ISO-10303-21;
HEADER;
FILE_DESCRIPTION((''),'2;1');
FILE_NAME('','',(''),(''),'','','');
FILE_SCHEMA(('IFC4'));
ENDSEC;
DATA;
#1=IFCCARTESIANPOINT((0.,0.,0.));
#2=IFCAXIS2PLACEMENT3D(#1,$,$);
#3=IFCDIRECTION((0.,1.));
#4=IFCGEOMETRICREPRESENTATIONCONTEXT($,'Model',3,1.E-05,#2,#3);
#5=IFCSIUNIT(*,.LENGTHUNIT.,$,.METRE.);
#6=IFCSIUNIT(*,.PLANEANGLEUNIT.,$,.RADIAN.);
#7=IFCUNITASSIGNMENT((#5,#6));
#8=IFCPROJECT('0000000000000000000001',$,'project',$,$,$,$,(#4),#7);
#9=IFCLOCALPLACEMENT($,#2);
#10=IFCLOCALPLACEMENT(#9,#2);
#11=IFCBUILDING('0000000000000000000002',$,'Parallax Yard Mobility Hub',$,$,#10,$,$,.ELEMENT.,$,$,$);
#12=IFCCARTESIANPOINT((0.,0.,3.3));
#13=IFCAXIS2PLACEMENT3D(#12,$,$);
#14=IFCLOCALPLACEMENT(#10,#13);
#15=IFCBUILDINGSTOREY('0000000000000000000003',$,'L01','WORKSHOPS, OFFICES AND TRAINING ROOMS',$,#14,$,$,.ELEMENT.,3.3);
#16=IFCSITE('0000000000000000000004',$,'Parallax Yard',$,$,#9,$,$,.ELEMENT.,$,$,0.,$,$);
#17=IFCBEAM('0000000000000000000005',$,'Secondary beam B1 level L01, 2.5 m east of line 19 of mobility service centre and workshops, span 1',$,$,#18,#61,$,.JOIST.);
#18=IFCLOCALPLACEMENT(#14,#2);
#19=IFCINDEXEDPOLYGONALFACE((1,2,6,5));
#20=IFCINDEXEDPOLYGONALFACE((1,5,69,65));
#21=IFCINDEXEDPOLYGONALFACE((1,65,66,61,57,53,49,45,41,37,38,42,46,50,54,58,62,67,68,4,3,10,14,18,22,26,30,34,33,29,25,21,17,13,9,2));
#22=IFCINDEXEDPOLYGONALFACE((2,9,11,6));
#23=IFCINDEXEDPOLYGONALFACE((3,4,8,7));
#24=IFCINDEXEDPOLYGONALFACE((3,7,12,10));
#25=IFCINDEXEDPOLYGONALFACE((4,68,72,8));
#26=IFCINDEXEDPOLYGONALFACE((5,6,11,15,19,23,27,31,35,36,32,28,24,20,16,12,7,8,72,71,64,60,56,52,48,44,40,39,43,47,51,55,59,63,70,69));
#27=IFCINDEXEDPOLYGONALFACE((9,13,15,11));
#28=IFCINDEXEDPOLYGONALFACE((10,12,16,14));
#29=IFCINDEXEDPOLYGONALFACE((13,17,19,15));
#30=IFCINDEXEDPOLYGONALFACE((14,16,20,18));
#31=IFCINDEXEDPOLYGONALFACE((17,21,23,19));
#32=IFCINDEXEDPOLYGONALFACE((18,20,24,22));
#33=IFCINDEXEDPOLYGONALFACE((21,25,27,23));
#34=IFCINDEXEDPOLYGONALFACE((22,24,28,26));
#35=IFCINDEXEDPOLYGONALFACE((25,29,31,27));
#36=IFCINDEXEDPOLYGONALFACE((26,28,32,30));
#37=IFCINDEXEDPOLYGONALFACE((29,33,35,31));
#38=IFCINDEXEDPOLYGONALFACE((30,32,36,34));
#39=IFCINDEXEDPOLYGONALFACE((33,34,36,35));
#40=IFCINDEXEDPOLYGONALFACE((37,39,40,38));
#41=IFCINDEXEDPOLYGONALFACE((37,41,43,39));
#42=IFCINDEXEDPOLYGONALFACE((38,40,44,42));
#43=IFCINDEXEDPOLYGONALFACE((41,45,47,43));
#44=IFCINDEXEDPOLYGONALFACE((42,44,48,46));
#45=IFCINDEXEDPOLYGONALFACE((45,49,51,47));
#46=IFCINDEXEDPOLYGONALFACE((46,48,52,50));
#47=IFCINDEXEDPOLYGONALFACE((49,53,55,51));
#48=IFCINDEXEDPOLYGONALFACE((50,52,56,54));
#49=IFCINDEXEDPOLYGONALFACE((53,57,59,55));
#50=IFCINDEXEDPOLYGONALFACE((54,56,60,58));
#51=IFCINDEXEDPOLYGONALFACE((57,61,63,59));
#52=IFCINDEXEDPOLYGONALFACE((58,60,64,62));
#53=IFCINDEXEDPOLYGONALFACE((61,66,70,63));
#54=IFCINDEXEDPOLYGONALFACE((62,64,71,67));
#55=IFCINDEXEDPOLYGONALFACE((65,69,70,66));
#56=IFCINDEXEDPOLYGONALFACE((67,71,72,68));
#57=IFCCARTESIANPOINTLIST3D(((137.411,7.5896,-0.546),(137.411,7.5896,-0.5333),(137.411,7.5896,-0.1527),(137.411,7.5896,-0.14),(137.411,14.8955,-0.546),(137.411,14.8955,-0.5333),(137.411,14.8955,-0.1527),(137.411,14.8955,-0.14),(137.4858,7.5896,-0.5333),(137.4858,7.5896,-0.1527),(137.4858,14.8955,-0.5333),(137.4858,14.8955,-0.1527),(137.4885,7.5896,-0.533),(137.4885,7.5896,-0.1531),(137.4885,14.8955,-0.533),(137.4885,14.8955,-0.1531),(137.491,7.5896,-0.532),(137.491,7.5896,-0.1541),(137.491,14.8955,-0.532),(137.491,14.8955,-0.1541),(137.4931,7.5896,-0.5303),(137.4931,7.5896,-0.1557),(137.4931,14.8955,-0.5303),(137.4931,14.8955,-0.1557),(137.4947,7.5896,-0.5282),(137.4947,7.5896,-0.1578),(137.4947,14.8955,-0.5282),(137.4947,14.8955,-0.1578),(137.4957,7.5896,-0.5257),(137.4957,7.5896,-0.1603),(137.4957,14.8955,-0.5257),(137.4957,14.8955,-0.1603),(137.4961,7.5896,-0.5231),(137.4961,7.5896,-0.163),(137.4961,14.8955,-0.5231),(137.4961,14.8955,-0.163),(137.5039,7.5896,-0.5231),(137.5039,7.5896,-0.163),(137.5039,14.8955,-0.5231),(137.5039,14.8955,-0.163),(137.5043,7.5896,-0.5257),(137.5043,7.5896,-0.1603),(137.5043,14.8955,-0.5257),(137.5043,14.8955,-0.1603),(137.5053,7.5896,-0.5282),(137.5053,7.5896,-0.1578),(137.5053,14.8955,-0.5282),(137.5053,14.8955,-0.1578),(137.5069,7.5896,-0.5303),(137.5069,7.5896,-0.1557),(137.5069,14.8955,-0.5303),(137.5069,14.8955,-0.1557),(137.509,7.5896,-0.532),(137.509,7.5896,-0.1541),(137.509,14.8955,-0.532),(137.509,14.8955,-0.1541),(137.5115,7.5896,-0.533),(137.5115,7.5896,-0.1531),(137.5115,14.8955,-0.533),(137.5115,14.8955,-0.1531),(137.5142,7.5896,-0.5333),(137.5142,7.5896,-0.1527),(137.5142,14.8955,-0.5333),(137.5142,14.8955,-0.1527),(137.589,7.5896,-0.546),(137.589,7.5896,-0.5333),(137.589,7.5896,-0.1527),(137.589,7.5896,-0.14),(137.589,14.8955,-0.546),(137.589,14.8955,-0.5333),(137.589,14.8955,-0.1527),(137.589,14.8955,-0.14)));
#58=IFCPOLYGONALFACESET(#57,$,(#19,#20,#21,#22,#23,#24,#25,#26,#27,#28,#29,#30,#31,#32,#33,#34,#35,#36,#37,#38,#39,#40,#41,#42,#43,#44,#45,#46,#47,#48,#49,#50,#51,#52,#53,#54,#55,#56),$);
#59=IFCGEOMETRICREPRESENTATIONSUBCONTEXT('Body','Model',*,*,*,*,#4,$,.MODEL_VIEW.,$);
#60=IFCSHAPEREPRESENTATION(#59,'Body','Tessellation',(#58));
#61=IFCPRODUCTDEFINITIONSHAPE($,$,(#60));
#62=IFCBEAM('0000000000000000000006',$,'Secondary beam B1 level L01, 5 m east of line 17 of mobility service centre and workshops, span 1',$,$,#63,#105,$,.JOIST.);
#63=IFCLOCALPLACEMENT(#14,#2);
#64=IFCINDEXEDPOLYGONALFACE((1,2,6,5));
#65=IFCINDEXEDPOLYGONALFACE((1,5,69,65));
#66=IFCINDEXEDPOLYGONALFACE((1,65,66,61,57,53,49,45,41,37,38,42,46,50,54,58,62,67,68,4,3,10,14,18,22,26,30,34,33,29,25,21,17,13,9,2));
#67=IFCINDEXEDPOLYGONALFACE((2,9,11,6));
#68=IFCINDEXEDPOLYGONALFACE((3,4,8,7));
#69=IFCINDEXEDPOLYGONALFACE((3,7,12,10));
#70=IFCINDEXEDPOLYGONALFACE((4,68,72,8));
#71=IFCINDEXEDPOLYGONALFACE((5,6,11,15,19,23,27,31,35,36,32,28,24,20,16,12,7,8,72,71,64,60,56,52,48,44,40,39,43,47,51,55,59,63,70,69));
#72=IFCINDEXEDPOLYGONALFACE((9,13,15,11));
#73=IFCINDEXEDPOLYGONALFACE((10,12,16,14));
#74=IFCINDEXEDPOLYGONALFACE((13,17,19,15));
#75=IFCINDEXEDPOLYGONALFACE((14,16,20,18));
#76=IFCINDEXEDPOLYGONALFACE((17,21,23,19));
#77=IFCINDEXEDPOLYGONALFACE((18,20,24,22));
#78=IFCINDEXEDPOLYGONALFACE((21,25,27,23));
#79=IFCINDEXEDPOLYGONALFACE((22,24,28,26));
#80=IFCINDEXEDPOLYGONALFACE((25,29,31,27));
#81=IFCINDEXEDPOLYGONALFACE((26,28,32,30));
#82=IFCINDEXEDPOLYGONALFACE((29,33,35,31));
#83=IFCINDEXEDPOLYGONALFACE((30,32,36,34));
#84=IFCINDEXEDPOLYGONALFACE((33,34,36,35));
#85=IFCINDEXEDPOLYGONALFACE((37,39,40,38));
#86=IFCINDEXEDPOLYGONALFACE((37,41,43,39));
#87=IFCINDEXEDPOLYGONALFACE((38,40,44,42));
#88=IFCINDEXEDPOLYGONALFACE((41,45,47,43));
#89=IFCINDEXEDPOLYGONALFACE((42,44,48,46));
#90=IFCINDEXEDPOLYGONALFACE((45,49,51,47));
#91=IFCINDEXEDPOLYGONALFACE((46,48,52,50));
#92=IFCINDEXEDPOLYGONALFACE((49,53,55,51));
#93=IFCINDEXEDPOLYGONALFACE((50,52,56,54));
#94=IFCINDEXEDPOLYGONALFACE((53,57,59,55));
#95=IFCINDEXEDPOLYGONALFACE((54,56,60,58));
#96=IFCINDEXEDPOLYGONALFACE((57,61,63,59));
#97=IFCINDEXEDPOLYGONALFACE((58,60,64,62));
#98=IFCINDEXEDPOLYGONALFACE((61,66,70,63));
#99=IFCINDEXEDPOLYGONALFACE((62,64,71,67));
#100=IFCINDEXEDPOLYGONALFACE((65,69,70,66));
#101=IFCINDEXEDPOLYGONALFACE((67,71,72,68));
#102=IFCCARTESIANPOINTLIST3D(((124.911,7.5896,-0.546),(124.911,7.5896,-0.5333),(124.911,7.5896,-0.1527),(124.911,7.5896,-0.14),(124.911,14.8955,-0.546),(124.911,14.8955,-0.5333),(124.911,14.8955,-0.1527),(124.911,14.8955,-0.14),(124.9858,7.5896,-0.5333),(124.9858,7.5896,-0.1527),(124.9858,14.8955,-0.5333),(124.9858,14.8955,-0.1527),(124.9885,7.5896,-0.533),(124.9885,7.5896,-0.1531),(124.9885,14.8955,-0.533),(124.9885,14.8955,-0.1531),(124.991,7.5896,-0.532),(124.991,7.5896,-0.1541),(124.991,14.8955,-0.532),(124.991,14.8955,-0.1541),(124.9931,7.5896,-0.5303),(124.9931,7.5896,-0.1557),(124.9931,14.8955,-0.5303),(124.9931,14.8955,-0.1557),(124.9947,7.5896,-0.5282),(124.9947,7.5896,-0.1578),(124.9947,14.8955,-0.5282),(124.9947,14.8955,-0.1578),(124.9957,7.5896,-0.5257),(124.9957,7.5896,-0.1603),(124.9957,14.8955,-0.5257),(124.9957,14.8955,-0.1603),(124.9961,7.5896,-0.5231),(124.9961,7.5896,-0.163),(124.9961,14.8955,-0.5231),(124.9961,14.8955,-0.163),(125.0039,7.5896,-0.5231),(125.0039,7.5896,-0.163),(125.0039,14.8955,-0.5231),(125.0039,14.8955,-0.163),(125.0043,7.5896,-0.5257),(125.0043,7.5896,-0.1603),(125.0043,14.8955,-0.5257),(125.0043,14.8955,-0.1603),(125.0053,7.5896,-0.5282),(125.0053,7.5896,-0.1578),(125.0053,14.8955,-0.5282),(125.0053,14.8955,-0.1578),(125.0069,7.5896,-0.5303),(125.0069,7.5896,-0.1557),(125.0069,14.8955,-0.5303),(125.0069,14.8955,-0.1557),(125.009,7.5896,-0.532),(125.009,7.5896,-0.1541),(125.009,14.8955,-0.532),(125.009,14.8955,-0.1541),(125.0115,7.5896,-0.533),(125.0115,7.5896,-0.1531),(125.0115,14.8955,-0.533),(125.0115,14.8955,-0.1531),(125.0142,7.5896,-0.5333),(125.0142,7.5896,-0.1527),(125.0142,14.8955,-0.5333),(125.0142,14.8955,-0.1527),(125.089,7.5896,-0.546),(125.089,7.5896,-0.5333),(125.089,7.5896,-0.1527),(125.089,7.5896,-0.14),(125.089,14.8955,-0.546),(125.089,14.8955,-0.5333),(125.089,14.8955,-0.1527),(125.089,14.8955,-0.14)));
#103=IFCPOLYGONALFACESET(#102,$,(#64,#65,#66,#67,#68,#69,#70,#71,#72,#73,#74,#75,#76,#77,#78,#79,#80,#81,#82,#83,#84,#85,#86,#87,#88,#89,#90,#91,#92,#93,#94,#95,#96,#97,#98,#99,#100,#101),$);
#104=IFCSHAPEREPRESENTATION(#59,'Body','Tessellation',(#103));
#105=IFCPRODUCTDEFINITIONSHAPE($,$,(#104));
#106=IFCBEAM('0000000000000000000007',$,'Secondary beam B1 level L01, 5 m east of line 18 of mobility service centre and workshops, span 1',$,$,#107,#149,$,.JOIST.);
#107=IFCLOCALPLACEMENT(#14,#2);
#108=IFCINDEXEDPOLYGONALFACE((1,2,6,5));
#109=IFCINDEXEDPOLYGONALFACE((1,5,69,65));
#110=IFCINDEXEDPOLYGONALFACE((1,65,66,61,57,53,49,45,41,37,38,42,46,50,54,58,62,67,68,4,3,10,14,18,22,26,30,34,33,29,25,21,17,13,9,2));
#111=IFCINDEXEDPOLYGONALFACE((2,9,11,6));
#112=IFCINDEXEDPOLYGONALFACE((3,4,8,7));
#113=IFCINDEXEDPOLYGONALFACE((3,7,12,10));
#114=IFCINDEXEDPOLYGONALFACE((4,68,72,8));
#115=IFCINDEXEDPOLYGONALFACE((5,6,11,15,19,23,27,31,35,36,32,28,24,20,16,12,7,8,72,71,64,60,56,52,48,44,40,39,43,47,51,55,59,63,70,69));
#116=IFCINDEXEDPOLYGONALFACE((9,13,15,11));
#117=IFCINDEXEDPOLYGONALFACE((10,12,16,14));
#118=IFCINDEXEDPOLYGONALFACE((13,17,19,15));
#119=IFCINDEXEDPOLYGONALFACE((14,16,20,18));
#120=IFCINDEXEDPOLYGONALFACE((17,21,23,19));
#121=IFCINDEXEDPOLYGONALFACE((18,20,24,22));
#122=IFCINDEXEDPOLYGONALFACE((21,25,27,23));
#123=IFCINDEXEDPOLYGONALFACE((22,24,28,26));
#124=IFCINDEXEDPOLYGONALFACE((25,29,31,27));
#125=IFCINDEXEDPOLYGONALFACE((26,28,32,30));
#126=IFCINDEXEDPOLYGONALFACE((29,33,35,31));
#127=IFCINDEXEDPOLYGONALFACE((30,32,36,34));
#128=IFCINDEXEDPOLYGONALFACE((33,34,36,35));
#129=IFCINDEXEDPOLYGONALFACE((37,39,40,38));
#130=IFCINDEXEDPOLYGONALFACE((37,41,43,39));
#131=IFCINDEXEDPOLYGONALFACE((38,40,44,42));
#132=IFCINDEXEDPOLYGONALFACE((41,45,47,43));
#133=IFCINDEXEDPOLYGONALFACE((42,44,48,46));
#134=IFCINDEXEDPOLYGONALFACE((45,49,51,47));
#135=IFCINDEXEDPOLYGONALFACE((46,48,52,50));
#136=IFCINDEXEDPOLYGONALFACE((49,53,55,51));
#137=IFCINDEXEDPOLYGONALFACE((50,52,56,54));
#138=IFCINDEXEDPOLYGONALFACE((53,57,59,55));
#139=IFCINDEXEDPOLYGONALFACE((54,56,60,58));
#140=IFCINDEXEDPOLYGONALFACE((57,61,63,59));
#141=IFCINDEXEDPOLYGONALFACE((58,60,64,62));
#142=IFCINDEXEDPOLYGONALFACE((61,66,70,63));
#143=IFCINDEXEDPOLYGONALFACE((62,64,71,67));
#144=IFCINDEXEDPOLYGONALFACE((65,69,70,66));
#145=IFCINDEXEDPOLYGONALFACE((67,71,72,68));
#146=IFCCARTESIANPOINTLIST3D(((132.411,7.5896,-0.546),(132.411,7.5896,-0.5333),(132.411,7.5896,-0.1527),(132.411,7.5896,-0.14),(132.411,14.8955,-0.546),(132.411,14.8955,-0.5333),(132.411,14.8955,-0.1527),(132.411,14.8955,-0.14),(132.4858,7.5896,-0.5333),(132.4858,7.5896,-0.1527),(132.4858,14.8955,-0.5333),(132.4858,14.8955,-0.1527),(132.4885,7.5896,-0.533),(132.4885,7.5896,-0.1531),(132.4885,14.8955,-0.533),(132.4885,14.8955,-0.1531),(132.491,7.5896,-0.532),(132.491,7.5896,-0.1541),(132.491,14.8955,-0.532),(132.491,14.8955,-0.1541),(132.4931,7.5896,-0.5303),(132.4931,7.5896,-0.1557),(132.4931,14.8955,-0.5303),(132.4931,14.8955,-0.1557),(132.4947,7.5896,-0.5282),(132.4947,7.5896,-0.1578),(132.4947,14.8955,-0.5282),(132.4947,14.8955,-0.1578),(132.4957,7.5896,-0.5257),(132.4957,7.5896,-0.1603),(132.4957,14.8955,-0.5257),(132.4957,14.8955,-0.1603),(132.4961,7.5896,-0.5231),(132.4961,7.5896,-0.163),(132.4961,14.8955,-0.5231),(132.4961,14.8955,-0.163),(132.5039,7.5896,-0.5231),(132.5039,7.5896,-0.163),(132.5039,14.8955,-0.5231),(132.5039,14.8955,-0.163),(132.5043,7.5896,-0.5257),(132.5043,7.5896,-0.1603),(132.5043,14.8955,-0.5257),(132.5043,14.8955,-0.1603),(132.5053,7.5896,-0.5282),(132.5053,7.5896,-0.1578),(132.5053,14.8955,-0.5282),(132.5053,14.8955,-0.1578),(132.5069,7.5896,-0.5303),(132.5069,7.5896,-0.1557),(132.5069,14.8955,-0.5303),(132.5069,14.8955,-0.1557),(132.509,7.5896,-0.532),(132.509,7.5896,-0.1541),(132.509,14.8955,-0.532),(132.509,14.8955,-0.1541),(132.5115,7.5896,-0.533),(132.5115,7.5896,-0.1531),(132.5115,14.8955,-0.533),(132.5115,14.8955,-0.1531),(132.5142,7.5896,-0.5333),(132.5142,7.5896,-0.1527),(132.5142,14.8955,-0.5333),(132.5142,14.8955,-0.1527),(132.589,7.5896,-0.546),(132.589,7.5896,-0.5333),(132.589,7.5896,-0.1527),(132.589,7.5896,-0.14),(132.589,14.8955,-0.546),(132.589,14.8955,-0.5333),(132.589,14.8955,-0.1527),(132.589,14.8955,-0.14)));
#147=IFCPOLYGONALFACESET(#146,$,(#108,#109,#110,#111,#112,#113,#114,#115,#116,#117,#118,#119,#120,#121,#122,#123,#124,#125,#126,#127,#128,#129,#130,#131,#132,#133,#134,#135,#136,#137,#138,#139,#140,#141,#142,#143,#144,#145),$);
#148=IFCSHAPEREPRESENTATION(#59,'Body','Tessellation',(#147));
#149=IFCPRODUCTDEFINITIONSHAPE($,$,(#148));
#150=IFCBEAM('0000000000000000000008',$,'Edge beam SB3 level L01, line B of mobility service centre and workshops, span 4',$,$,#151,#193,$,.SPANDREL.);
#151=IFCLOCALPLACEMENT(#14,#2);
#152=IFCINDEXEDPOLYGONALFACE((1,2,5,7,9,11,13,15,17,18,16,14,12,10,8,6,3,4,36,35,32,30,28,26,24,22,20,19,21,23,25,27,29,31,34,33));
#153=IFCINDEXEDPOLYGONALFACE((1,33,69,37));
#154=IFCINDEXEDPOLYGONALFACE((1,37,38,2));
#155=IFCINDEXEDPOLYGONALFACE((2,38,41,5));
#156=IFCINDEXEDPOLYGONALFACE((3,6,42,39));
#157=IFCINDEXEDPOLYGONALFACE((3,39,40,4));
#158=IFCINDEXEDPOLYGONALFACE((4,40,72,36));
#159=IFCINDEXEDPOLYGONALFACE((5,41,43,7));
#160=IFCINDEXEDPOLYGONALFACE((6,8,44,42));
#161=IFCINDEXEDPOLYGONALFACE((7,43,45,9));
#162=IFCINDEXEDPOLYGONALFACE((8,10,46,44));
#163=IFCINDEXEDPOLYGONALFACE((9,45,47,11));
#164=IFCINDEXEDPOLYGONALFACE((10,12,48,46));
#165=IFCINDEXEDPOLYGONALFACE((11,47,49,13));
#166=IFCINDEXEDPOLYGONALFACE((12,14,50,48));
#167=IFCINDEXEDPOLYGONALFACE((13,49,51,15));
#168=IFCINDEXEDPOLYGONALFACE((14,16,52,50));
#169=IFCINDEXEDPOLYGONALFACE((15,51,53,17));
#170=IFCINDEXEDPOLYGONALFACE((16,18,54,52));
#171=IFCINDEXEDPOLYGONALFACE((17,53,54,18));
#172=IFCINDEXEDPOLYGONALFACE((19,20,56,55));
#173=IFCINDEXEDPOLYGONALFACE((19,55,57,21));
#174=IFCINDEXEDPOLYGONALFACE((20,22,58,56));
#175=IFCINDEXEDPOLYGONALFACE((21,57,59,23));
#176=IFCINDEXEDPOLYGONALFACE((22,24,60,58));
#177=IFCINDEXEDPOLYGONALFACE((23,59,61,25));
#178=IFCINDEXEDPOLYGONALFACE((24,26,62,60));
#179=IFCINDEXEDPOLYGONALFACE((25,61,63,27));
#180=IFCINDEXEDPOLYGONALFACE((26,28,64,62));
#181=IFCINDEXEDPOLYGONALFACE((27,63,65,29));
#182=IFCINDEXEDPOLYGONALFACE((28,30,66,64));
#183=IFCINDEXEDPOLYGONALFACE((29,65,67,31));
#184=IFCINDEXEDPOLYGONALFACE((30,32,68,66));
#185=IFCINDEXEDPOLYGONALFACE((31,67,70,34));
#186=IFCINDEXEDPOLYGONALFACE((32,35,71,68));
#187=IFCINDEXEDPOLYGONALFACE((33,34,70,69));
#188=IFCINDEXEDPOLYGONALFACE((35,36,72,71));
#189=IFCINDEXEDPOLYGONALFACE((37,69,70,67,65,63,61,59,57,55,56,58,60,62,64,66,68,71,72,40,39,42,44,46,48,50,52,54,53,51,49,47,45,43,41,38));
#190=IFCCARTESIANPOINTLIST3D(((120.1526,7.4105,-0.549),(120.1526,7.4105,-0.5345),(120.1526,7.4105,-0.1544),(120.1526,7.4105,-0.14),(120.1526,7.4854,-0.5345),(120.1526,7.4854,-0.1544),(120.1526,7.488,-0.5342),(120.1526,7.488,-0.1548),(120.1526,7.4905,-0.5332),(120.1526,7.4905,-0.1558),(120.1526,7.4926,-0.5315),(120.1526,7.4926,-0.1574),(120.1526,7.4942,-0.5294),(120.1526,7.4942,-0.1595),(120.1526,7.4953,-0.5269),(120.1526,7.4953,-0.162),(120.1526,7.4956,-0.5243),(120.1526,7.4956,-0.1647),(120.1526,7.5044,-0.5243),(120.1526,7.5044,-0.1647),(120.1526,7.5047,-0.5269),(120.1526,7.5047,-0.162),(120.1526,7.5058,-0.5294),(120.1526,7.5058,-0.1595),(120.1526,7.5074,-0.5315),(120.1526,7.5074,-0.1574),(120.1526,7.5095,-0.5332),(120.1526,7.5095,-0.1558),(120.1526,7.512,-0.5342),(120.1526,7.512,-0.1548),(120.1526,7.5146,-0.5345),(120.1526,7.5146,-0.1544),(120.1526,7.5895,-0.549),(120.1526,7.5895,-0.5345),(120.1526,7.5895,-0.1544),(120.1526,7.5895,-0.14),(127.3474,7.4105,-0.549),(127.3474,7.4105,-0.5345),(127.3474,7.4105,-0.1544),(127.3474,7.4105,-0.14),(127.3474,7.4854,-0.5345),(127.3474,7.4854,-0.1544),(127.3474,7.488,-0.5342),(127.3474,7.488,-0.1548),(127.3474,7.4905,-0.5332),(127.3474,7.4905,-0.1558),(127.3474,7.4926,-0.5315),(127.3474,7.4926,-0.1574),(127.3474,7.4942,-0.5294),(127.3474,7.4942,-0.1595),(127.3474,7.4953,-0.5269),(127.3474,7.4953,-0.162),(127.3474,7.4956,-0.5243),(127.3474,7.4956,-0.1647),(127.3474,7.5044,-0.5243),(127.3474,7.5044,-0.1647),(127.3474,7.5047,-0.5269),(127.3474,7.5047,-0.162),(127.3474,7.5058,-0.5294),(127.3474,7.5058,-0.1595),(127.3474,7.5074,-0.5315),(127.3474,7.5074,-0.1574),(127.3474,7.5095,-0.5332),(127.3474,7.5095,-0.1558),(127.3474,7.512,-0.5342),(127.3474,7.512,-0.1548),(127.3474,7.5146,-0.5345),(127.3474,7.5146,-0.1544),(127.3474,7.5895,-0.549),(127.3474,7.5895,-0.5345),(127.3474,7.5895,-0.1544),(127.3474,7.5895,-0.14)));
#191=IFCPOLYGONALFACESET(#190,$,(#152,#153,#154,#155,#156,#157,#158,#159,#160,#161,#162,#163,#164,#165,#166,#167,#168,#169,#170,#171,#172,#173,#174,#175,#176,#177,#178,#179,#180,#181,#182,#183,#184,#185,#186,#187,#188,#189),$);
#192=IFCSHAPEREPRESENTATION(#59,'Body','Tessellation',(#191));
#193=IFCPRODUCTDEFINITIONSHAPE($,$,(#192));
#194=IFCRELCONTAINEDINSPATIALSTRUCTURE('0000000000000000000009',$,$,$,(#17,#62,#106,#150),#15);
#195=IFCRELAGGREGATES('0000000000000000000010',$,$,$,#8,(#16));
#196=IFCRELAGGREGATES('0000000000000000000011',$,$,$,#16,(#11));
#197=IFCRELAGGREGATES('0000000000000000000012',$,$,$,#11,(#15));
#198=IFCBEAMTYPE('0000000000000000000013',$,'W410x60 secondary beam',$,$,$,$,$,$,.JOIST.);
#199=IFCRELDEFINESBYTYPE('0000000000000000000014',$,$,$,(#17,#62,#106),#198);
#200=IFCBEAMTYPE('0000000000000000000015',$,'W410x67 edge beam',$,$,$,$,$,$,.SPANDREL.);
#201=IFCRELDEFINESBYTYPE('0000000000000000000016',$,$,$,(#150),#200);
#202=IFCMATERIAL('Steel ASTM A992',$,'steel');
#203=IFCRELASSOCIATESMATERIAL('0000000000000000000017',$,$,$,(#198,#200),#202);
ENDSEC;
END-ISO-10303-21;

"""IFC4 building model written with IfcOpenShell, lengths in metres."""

from ifc_helpers import new_model, si_unit, direction, frame, origin, origin_2d, place, context, subcontext, project, spatial, i_section, extrude, material, material_profile, profile_set, type_object, element, save


model = new_model("IFC4")

# Units and contexts
model_context = context("Model", 3, precision=1e-05, world=origin(), true_north=direction((0.0, 1.0)))
body_context = subcontext(model_context, "Body", "Model", "MODEL_VIEW")
ifc_project = project(units=[si_unit("LENGTHUNIT", "METRE"), si_unit("PLANEANGLEUNIT", "RADIAN")], contexts=[model_context])

# Site, building, storey
site_placement = place(None, origin())
site = spatial("IfcSite", under=ifc_project, at=site_placement, Name="Parallax Yard", CompositionType="ELEMENT", RefElevation=0.0)
building_placement = place(site_placement, origin())
building = spatial("IfcBuilding", under=site, at=building_placement, Name="Parallax Yard Mobility Hub", CompositionType="ELEMENT")
storey_placement = place(building_placement, frame((0.0, 0.0, 3.3)))
storey = spatial("IfcBuildingStorey", under=building, at=storey_placement, Name="L01", Description="WORKSHOPS, OFFICES AND TRAINING ROOMS", CompositionType="ELEMENT", Elevation=3.3)

# Shared definitions
ifc_material_1 = material(Name="Steel ASTM A992", Category="steel")

# Beams
ifc_material_profile_1 = material_profile(ifc_material_1, i_section(OverallWidth=0.178, OverallDepth=0.406, WebThickness=0.0078, FlangeThickness=0.0127, FilletRadius=0.0103, at=origin_2d()), Name="W410x60")
ifc_profile_set_1 = profile_set([ifc_material_profile_1], Name="Steel ASTM A992")
beam_type_1 = type_object("IfcBeamType", Name="W410x60 secondary beam", PredefinedType="JOIST", material=ifc_profile_set_1)
for number, where, z_axis, x_axis, name in (
    (1, (137.5, 7.5896, -0.343), (0.0, 1.0, 0.0), (-1.0, 0.0, 0.0), "Secondary beam B1 level L01, 2.5 m east of line 19 of mobility service centre and workshops, span 1"),
    (2, (125.0, 7.5896, -0.343), (0.0, 1.0, 0.0), (-1.0, 0.0, 0.0), "Secondary beam B1 level L01, 5 m east of line 17 of mobility service centre and workshops, span 1"),
    (3, (132.5, 7.5896, -0.343), (0.0, 1.0, 0.0), (-1.0, 0.0, 0.0), "Secondary beam B1 level L01, 5 m east of line 18 of mobility service centre and workshops, span 1"),
):
    element("IfcBeam", number, at=place(storey_placement, frame(where, z_axis=z_axis, x_axis=x_axis)), inside=storey, type_object=beam_type_1, Name=name, PredefinedType="JOIST", context=body_context, shape_type="SweptSolid", body=[
        extrude(i_section(OverallWidth=0.178, OverallDepth=0.406, WebThickness=0.0078, FlangeThickness=0.0127, FilletRadius=0.0103, at=origin_2d()), origin(), (0.0, 0.0, 1.0), 7.3059),
    ])
ifc_material_profile_2 = material_profile(ifc_material_1, i_section(OverallWidth=0.179, OverallDepth=0.4089, WebThickness=0.0088, FlangeThickness=0.0144, FilletRadius=0.0103, at=origin_2d()), Name="W410x67")
ifc_profile_set_2 = profile_set([ifc_material_profile_2], Name="Steel ASTM A992")
beam_type_2 = type_object("IfcBeamType", Name="W410x67 edge beam", PredefinedType="SPANDREL", material=ifc_profile_set_2)
for number, where, z_axis, x_axis, name in (
    (4, (120.1526, 7.5, -0.3445), (1.0, 0.0, 0.0), (0.0, 1.0, 0.0), "Edge beam SB3 level L01, line B of mobility service centre and workshops, span 4"),
):
    element("IfcBeam", number, at=place(storey_placement, frame(where, z_axis=z_axis, x_axis=x_axis)), inside=storey, type_object=beam_type_2, Name=name, PredefinedType="SPANDREL", context=body_context, shape_type="SweptSolid", body=[
        extrude(i_section(OverallWidth=0.179, OverallDepth=0.4089, WebThickness=0.0088, FlangeThickness=0.0144, FilletRadius=0.0103, at=origin_2d()), origin(), (0.0, 0.0, 1.0), 7.1948),
    ])

save(model, "model.ifc")
